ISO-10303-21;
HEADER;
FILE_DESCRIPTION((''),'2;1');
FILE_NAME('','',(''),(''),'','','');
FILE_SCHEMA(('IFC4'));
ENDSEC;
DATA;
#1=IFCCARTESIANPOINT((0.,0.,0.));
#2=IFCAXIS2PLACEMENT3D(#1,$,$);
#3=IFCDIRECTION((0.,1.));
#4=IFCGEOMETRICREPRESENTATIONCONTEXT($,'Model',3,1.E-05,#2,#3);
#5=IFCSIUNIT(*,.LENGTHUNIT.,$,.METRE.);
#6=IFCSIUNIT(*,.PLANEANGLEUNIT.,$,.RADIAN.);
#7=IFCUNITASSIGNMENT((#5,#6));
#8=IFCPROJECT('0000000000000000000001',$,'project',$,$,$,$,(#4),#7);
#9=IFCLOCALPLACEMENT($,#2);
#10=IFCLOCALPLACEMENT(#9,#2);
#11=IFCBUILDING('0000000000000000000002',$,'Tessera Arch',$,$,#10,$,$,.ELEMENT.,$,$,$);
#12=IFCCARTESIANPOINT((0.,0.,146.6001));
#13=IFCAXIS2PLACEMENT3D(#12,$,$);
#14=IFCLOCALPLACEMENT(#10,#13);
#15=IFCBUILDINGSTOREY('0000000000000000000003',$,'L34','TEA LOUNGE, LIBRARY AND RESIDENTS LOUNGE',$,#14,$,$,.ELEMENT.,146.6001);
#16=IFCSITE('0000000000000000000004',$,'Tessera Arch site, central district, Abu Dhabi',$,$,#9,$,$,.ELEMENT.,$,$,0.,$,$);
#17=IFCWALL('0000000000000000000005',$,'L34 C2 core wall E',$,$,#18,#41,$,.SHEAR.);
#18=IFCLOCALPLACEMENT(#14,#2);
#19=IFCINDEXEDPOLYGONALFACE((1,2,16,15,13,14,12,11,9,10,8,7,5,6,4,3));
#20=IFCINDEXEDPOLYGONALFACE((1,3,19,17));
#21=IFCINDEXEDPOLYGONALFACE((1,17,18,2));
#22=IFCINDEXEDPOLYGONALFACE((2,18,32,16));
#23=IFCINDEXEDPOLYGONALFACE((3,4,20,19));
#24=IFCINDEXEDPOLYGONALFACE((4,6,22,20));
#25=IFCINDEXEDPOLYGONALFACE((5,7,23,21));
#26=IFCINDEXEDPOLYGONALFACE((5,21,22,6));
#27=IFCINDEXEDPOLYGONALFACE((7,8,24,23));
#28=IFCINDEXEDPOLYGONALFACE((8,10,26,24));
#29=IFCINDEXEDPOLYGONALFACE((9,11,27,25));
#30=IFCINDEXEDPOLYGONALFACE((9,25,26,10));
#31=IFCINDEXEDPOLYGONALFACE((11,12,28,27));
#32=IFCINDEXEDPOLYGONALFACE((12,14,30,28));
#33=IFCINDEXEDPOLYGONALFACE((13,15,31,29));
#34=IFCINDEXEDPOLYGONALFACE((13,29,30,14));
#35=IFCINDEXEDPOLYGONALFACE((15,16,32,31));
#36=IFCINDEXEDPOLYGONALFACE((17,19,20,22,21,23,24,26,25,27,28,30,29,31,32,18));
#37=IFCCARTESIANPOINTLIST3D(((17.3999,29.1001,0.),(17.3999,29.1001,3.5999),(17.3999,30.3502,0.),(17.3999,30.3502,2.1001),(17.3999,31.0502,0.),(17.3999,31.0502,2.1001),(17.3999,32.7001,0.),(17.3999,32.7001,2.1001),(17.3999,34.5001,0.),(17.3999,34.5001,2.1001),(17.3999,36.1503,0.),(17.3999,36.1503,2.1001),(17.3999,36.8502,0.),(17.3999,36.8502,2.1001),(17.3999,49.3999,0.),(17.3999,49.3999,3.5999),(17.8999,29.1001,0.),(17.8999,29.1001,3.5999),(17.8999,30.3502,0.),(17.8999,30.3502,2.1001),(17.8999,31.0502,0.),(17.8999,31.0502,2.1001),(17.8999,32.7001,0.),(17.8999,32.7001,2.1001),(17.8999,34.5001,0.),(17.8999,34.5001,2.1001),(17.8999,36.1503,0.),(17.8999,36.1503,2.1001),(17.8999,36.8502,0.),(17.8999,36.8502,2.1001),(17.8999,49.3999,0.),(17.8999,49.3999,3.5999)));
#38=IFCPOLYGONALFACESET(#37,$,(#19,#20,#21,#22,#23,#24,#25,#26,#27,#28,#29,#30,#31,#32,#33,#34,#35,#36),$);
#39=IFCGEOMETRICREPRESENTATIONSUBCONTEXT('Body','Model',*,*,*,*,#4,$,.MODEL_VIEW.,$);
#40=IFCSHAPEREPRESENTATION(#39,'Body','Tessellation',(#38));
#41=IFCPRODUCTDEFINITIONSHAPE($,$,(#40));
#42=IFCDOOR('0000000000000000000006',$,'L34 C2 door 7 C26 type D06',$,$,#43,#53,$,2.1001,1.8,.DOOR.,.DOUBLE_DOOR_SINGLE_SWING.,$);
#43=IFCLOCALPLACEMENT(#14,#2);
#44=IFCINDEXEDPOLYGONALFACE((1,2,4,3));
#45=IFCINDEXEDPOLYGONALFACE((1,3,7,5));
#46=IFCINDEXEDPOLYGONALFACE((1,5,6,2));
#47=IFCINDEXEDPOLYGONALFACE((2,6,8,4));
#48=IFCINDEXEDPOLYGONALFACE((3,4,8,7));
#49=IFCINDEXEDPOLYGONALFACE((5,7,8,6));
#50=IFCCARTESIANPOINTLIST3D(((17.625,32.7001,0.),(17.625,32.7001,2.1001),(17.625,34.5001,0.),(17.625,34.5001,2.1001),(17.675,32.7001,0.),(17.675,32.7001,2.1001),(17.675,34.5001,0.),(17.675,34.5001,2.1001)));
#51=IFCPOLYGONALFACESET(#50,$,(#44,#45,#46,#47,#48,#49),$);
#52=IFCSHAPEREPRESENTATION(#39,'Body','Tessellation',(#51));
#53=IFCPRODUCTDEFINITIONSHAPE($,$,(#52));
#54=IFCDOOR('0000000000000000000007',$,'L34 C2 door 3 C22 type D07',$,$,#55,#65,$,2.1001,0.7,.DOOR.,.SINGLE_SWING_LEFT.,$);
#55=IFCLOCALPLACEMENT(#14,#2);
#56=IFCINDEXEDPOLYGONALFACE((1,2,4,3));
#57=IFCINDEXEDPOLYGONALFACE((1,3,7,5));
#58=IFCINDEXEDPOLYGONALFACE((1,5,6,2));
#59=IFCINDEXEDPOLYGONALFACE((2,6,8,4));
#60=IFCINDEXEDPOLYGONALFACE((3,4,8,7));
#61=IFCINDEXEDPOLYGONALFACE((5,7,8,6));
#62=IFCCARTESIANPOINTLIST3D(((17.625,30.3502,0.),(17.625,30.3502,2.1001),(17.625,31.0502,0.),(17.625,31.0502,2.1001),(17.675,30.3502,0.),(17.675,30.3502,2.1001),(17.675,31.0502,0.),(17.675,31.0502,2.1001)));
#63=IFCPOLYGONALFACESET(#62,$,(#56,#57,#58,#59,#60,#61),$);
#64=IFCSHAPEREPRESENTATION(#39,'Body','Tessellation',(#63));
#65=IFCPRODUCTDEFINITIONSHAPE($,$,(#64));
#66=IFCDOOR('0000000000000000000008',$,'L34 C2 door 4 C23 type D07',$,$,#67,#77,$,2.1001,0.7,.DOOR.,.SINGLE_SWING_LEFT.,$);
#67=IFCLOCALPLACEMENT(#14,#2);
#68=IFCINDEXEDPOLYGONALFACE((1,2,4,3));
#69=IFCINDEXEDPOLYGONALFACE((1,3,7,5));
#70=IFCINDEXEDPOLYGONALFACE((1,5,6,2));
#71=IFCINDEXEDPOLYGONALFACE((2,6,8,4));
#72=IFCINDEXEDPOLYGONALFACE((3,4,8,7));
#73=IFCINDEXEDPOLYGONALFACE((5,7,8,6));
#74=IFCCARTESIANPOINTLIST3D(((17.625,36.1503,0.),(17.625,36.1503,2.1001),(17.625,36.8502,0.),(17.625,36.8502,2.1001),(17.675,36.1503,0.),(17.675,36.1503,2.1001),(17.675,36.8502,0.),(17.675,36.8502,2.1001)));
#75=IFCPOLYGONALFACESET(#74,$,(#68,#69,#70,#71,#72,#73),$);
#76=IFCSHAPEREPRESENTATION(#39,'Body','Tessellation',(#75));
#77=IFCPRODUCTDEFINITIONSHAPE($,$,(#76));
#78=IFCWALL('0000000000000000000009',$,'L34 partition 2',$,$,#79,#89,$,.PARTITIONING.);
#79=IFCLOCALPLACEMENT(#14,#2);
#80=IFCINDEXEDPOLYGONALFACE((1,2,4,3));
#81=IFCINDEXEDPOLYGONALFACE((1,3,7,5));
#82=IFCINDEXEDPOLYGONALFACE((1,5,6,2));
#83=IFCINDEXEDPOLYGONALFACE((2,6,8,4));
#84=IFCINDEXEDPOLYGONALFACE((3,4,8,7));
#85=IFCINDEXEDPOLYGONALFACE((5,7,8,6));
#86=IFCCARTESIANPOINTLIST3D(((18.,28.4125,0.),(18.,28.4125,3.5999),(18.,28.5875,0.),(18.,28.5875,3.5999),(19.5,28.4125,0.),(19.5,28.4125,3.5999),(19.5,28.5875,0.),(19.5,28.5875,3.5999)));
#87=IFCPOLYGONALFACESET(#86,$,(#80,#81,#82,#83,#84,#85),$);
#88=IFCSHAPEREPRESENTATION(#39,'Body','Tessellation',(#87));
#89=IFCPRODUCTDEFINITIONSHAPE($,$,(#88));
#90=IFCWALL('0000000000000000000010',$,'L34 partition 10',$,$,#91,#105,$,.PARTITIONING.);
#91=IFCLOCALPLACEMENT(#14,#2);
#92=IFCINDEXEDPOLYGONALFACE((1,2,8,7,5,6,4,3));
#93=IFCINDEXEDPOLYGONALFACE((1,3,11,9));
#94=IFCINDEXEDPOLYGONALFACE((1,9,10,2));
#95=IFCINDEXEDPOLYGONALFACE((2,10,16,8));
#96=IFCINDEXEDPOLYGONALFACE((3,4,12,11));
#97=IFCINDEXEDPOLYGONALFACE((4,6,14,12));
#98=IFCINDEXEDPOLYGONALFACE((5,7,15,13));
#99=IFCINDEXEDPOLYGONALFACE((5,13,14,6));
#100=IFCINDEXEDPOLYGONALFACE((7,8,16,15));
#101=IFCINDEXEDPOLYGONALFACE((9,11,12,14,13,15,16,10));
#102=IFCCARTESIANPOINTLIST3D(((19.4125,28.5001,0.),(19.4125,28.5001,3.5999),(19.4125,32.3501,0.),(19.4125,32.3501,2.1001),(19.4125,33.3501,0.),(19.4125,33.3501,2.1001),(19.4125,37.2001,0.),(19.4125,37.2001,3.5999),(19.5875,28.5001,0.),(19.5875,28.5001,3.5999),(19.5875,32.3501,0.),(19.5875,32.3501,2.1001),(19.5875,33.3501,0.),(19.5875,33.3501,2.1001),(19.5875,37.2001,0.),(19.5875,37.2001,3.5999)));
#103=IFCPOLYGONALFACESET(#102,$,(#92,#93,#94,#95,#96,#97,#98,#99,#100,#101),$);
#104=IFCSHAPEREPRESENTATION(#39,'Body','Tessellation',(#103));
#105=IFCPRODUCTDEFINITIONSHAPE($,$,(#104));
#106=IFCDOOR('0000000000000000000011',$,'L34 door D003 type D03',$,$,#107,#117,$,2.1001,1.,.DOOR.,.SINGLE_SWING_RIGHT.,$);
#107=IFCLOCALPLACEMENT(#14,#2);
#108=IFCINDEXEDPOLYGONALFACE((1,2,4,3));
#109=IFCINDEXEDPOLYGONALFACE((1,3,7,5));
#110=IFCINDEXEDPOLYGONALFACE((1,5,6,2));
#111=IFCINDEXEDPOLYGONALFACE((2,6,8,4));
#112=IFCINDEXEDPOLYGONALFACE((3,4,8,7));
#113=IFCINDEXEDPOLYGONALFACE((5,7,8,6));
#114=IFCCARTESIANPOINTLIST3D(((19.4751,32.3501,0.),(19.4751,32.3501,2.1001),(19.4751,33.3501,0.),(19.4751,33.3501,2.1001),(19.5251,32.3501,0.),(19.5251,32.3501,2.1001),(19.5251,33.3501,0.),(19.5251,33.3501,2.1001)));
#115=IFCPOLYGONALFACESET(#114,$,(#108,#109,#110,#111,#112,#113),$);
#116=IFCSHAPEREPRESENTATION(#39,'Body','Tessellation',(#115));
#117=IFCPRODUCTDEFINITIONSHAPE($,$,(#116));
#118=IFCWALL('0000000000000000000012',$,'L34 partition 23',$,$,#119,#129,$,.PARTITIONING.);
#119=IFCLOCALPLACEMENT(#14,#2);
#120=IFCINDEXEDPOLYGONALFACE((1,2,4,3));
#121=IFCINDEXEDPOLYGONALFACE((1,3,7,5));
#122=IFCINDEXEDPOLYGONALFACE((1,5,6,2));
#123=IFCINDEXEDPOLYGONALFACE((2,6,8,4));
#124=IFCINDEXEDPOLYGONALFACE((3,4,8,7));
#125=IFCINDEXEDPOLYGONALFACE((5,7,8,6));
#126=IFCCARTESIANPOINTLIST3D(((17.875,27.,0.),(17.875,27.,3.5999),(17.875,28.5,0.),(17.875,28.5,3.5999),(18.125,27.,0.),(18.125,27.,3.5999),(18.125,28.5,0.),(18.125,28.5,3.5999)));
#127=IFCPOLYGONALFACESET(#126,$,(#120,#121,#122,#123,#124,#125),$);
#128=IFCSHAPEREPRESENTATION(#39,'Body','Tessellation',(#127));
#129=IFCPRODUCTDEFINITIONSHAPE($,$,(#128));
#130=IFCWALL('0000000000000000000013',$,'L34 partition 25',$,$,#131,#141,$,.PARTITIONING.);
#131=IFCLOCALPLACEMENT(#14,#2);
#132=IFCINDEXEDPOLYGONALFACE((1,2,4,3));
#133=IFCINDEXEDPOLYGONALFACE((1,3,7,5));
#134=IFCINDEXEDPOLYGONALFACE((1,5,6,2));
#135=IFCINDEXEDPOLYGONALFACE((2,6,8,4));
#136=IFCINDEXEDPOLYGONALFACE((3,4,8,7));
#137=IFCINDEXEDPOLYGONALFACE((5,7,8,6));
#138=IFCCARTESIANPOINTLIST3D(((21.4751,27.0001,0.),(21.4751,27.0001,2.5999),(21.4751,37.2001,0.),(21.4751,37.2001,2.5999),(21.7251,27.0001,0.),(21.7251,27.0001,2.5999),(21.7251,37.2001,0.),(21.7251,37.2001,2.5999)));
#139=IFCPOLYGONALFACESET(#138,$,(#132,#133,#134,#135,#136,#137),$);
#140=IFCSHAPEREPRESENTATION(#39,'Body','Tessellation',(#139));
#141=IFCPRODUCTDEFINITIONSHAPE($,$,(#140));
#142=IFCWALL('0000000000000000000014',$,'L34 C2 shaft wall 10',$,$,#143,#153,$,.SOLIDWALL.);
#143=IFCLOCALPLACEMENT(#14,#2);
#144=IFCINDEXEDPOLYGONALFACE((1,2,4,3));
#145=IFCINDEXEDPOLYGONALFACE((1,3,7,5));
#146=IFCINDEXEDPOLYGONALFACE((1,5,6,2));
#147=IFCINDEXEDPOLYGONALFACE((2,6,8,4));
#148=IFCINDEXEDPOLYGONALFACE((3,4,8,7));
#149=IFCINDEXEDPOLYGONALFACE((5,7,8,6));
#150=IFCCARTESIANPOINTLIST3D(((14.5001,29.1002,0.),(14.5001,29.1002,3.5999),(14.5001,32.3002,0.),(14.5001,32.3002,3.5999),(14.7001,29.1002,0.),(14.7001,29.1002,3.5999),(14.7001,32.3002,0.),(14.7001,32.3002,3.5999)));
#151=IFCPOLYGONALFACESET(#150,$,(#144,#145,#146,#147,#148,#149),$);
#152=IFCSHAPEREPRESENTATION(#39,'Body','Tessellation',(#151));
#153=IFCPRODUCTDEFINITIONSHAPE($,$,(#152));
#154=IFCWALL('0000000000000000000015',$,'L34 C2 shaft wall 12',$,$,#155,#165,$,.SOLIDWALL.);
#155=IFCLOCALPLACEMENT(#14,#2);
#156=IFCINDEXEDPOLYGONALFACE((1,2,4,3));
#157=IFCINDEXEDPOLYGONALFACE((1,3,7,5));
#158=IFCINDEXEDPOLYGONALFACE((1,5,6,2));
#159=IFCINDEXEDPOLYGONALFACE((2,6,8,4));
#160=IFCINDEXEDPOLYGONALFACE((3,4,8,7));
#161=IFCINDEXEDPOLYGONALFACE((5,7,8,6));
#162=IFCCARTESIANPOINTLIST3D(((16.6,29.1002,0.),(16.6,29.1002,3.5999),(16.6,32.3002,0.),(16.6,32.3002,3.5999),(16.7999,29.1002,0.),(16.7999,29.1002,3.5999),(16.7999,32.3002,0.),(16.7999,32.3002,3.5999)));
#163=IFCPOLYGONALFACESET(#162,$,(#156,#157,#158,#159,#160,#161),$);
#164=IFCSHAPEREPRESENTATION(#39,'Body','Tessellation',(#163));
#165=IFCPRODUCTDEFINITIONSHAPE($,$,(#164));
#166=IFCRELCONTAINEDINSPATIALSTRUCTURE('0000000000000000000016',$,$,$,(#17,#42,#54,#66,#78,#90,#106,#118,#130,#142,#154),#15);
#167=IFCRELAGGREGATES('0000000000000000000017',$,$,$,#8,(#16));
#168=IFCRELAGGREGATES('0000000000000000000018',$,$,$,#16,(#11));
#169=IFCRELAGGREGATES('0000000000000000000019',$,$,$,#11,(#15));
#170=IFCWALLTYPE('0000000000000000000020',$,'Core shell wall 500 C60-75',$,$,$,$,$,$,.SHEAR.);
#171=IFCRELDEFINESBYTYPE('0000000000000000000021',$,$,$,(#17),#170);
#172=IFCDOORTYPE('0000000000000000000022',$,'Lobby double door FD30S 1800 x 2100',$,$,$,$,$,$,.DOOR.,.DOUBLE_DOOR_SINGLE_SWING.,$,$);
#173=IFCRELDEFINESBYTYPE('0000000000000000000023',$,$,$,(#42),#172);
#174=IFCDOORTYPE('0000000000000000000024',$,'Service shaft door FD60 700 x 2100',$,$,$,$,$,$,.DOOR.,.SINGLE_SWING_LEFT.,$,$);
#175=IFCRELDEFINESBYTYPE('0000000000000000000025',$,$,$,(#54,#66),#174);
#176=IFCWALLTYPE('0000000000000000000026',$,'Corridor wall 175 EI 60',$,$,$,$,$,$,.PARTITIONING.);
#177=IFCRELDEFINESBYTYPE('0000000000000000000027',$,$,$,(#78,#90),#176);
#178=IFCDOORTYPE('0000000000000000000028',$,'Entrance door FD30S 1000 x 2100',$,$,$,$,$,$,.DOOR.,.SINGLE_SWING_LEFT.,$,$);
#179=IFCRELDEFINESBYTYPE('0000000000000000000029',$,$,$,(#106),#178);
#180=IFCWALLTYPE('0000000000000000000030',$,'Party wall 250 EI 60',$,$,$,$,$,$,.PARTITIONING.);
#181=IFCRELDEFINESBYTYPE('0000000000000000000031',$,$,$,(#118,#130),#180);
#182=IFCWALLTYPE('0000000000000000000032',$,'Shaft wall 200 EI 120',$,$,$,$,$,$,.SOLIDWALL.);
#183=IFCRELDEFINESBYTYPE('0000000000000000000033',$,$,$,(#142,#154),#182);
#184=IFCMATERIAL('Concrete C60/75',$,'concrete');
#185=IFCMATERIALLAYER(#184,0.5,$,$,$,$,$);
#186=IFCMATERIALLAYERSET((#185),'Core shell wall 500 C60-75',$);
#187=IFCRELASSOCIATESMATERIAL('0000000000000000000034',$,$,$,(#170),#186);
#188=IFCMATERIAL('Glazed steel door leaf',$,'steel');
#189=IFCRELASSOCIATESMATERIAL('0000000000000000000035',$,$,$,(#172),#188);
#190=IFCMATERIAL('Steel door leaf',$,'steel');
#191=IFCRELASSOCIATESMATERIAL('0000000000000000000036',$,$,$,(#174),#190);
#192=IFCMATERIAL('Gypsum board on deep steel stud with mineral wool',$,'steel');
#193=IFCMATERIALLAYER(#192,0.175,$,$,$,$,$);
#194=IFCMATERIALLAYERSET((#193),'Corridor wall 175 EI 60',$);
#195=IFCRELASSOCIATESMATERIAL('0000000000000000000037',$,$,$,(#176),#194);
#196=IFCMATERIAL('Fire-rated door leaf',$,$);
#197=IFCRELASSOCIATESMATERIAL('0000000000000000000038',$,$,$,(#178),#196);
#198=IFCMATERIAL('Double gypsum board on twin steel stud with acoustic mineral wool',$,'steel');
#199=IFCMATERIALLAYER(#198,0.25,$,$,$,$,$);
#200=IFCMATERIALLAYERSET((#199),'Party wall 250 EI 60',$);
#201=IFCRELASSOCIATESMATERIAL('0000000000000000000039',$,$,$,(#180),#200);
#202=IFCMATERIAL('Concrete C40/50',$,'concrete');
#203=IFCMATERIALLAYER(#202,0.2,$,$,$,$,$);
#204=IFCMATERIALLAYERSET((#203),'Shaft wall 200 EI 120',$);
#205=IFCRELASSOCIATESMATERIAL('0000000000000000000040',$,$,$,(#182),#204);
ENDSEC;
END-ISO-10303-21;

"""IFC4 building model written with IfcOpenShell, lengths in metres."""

from ifc_helpers import new_model, si_unit, direction, frame, frame_2d, origin, place, context, subcontext, project, spatial, rectangle, extrude, material, layer, layer_set, type_object, element, fill, save


model = new_model("IFC4")

# Units and contexts
model_context = context("Model", 3, precision=1e-05, world=origin(), true_north=direction((0.0, 1.0)))
body_context = subcontext(model_context, "Body", "Model", "MODEL_VIEW")
ifc_project = project(units=[si_unit("LENGTHUNIT", "METRE"), si_unit("PLANEANGLEUNIT", "RADIAN")], contexts=[model_context])

# Site, building, storey
site_placement = place(None, origin())
site = spatial("IfcSite", under=ifc_project, at=site_placement, Name="Tessera Arch site, central district, Abu Dhabi", CompositionType="ELEMENT", RefElevation=0.0)
building_placement = place(site_placement, origin())
building = spatial("IfcBuilding", under=site, at=building_placement, Name="Tessera Arch", CompositionType="ELEMENT")
storey_placement = place(building_placement, frame((0.0, 0.0, 146.6001)))
storey = spatial("IfcBuildingStorey", under=building, at=storey_placement, Name="L34", Description="TEA LOUNGE, LIBRARY AND RESIDENTS LOUNGE", CompositionType="ELEMENT", Elevation=146.6001)

# Wall, openings, doors
ifc_material_1 = material(Name="Concrete C60/75", Category="concrete")
ifc_layer_1 = layer(ifc_material_1, 0.5)
ifc_layer_set_1 = layer_set([ifc_layer_1], Name="Core shell wall 500 C60-75")
wall_type_1 = type_object("IfcWallType", Name="Core shell wall 500 C60-75", PredefinedType="SHEAR", material=ifc_layer_set_1)
wall_1_placement = place(storey_placement, frame((17.6499, 29.1001, 0.0), z_axis=(0.0, 0.0, 1.0), x_axis=(0.0, 1.0, 0.0)))
wall_1 = element("IfcWall", 1, at=wall_1_placement, inside=storey, type_object=wall_type_1, Name="L34 C2 core wall E", PredefinedType="SHEAR", context=body_context, shape_type="SweptSolid", body=[
    extrude(rectangle(XDim=20.2998, YDim=0.5, at=frame_2d((10.1499, 0.0))), origin(), (0.0, 0.0, 1.0), 3.5999),
])
opening_1_placement = place(wall_1_placement, frame((1.25, 0.0, 0.0)))
opening_1 = element("IfcOpeningElement", 2, at=opening_1_placement, cuts=wall_1, PredefinedType="OPENING", context=body_context, shape_type="SweptSolid", body=[
    extrude(rectangle(XDim=0.7, YDim=2.1001, at=frame_2d((0.3501, 1.05))), frame((0.0, 0.26, 0.0), z_axis=(0.0, -1.0, 0.0), x_axis=(1.0, 0.0, 0.0)), (0.0, 0.0, 1.0), 0.52),
])
opening_2_placement = place(wall_1_placement, frame((7.05, 0.0, 0.0)))
opening_2 = element("IfcOpeningElement", 3, at=opening_2_placement, cuts=wall_1, PredefinedType="OPENING", context=body_context, shape_type="SweptSolid", body=[
    extrude(rectangle(XDim=0.7, YDim=2.1001, at=frame_2d((0.3501, 1.05))), frame((0.0, 0.26, 0.0), z_axis=(0.0, -1.0, 0.0), x_axis=(1.0, 0.0, 0.0)), (0.0, 0.0, 1.0), 0.52),
])
opening_3_placement = place(wall_1_placement, frame((3.6001, 0.0, 0.0)))
opening_3 = element("IfcOpeningElement", 4, at=opening_3_placement, cuts=wall_1, PredefinedType="OPENING", context=body_context, shape_type="SweptSolid", body=[
    extrude(rectangle(XDim=1.8, YDim=2.1001, at=frame_2d((0.8999, 1.05))), frame((0.0, 0.26, 0.0), z_axis=(0.0, -1.0, 0.0), x_axis=(1.0, 0.0, 0.0)), (0.0, 0.0, 1.0), 0.52),
])
ifc_material_2 = material(Name="Glazed steel door leaf", Category="steel")
door_type_1 = type_object("IfcDoorType", Name="Lobby double door FD30S 1800 x 2100", OperationType="DOUBLE_DOOR_SINGLE_SWING", PredefinedType="DOOR", material=ifc_material_2)
door_1_placement = place(opening_3_placement, origin())
door_1 = element("IfcDoor", 5, at=door_1_placement, inside=storey, type_object=door_type_1, Name="L34 C2 door 7 C26 type D06", OperationType="DOUBLE_DOOR_SINGLE_SWING", OverallHeight=2.1001, OverallWidth=1.8, PredefinedType="DOOR", context=body_context, shape_type="SweptSolid", body=[
    extrude(rectangle(XDim=1.8, YDim=2.1001, at=frame_2d((0.8999, 1.05))), frame((0.0, 0.0249, 0.0), z_axis=(0.0, -1.0, 0.0), x_axis=(1.0, 0.0, 0.0)), (0.0, 0.0, 1.0), 0.05),
])
fill(opening_3, door_1)
ifc_material_3 = material(Name="Steel door leaf", Category="steel")
door_type_2 = type_object("IfcDoorType", Name="Service shaft door FD60 700 x 2100", OperationType="SINGLE_SWING_LEFT", PredefinedType="DOOR", material=ifc_material_3)
door_2_placement = place(opening_1_placement, origin())
door_2 = element("IfcDoor", 6, at=door_2_placement, inside=storey, type_object=door_type_2, Name="L34 C2 door 3 C22 type D07", OperationType="SINGLE_SWING_LEFT", OverallHeight=2.1001, OverallWidth=0.7, PredefinedType="DOOR", context=body_context, shape_type="SweptSolid", body=[
    extrude(rectangle(XDim=0.7, YDim=2.1001, at=frame_2d((0.3501, 1.05))), frame((0.0, 0.0249, 0.0), z_axis=(0.0, -1.0, 0.0), x_axis=(1.0, 0.0, 0.0)), (0.0, 0.0, 1.0), 0.05),
])
fill(opening_1, door_2)
door_3_placement = place(opening_2_placement, origin())
door_3 = element("IfcDoor", 7, at=door_3_placement, inside=storey, type_object=door_type_2, Name="L34 C2 door 4 C23 type D07", OperationType="SINGLE_SWING_LEFT", OverallHeight=2.1001, OverallWidth=0.7, PredefinedType="DOOR", context=body_context, shape_type="SweptSolid", body=[
    extrude(rectangle(XDim=0.7, YDim=2.1001, at=frame_2d((0.3501, 1.05))), frame((0.0, 0.0249, 0.0), z_axis=(0.0, -1.0, 0.0), x_axis=(1.0, 0.0, 0.0)), (0.0, 0.0, 1.0), 0.05),
])
fill(opening_2, door_3)

# Wall
ifc_material_4 = material(Name="Gypsum board on deep steel stud with mineral wool", Category="steel")
ifc_layer_2 = layer(ifc_material_4, 0.175)
ifc_layer_set_2 = layer_set([ifc_layer_2], Name="Corridor wall 175 EI 60")
wall_type_2 = type_object("IfcWallType", Name="Corridor wall 175 EI 60", PredefinedType="PARTITIONING", material=ifc_layer_set_2)
wall_2_placement = place(storey_placement, frame((18.0, 28.5, 0.0), z_axis=(0.0, 0.0, 1.0), x_axis=(1.0, 0.0, 0.0)))
element("IfcWall", 8, at=wall_2_placement, inside=storey, type_object=wall_type_2, Name="L34 partition 2", PredefinedType="PARTITIONING", context=body_context, shape_type="SweptSolid", body=[
    extrude(rectangle(XDim=1.5, YDim=0.175, at=frame_2d((0.75, 0.0))), origin(), (0.0, 0.0, 1.0), 3.5999),
])

# Wall, opening, door
wall_3_placement = place(storey_placement, frame((19.5, 28.5, 0.0), z_axis=(0.0, 0.0, 1.0), x_axis=(0.0, 1.0, 0.0)))
wall_3 = element("IfcWall", 9, at=wall_3_placement, inside=storey, type_object=wall_type_2, Name="L34 partition 10", PredefinedType="PARTITIONING", context=body_context, shape_type="SweptSolid", body=[
    extrude(rectangle(XDim=8.7, YDim=0.175, at=frame_2d((4.3501, 0.0))), origin(), (0.0, 0.0, 1.0), 3.5999),
])
opening_4_placement = place(wall_3_placement, frame((3.8501, 0.0, 0.0)))
opening_4 = element("IfcOpeningElement", 10, at=opening_4_placement, cuts=wall_3, PredefinedType="OPENING", context=body_context, shape_type="SweptSolid", body=[
    extrude(rectangle(XDim=1.0, YDim=2.1001, at=frame_2d((0.5, 1.05))), frame((0.0, 0.0974, 0.0), z_axis=(0.0, -1.0, 0.0), x_axis=(1.0, 0.0, 0.0)), (0.0, 0.0, 1.0), 0.1951),
])
ifc_material_5 = material(Name="Fire-rated door leaf")
door_type_3 = type_object("IfcDoorType", Name="Entrance door FD30S 1000 x 2100", OperationType="SINGLE_SWING_LEFT", PredefinedType="DOOR", material=ifc_material_5)
door_4_placement = place(opening_4_placement, origin())
door_4 = element("IfcDoor", 11, at=door_4_placement, inside=storey, type_object=door_type_3, Name="L34 door D003 type D03", OperationType="SINGLE_SWING_RIGHT", OverallHeight=2.1001, OverallWidth=1.0, PredefinedType="DOOR", context=body_context, shape_type="SweptSolid", body=[
    extrude(rectangle(XDim=1.0, YDim=2.1001, at=frame_2d((0.5, 1.05))), frame((0.0, 0.0249, 0.0), z_axis=(0.0, -1.0, 0.0), x_axis=(1.0, 0.0, 0.0)), (0.0, 0.0, 1.0), 0.05),
])
fill(opening_4, door_4)

# Walls
ifc_material_6 = material(Name="Double gypsum board on twin steel stud with acoustic mineral wool", Category="steel")
ifc_layer_3 = layer(ifc_material_6, 0.25)
ifc_layer_set_3 = layer_set([ifc_layer_3], Name="Party wall 250 EI 60")
wall_type_3 = type_object("IfcWallType", Name="Party wall 250 EI 60", PredefinedType="PARTITIONING", material=ifc_layer_set_3)
wall_4_placement = place(storey_placement, frame((18.0, 27.0, 0.0), z_axis=(0.0, 0.0, 1.0), x_axis=(0.0, 1.0, 0.0)))
element("IfcWall", 12, at=wall_4_placement, inside=storey, type_object=wall_type_3, Name="L34 partition 23", PredefinedType="PARTITIONING", context=body_context, shape_type="SweptSolid", body=[
    extrude(rectangle(XDim=1.5, YDim=0.25, at=frame_2d((0.75, 0.0))), origin(), (0.0, 0.0, 1.0), 3.5999),
])
wall_5_placement = place(storey_placement, frame((21.6001, 27.0, 0.0), z_axis=(0.0, 0.0, 1.0), x_axis=(0.0, 1.0, 0.0)))
element("IfcWall", 13, at=wall_5_placement, inside=storey, type_object=wall_type_3, Name="L34 partition 25", PredefinedType="PARTITIONING", context=body_context, shape_type="SweptSolid", body=[
    extrude(rectangle(XDim=10.2, YDim=0.25, at=frame_2d((5.1001, 0.0))), origin(), (0.0, 0.0, 1.0), 2.5999),
])
ifc_material_7 = material(Name="Concrete C40/50", Category="concrete")
ifc_layer_4 = layer(ifc_material_7, 0.2)
ifc_layer_set_4 = layer_set([ifc_layer_4], Name="Shaft wall 200 EI 120")
wall_type_4 = type_object("IfcWallType", Name="Shaft wall 200 EI 120", PredefinedType="SOLIDWALL", material=ifc_layer_set_4)
for number, where, z_axis, x_axis, name in (
    (14, (14.6001, 29.1001, 0.0), (0.0, 0.0, 1.0), (0.0, 1.0, 0.0), "L34 C2 shaft wall 10"),
    (15, (16.7, 29.1001, 0.0), (0.0, 0.0, 1.0), (0.0, 1.0, 0.0), "L34 C2 shaft wall 12"),
):
    element("IfcWall", number, at=place(storey_placement, frame(where, z_axis=z_axis, x_axis=x_axis)), inside=storey, type_object=wall_type_4, Name=name, PredefinedType="SOLIDWALL", context=body_context, shape_type="SweptSolid", body=[
        extrude(rectangle(XDim=3.2, YDim=0.2, at=frame_2d((1.6001, 0.0))), origin(), (0.0, 0.0, 1.0), 3.5999),
    ])

save(model, "model.ifc")
